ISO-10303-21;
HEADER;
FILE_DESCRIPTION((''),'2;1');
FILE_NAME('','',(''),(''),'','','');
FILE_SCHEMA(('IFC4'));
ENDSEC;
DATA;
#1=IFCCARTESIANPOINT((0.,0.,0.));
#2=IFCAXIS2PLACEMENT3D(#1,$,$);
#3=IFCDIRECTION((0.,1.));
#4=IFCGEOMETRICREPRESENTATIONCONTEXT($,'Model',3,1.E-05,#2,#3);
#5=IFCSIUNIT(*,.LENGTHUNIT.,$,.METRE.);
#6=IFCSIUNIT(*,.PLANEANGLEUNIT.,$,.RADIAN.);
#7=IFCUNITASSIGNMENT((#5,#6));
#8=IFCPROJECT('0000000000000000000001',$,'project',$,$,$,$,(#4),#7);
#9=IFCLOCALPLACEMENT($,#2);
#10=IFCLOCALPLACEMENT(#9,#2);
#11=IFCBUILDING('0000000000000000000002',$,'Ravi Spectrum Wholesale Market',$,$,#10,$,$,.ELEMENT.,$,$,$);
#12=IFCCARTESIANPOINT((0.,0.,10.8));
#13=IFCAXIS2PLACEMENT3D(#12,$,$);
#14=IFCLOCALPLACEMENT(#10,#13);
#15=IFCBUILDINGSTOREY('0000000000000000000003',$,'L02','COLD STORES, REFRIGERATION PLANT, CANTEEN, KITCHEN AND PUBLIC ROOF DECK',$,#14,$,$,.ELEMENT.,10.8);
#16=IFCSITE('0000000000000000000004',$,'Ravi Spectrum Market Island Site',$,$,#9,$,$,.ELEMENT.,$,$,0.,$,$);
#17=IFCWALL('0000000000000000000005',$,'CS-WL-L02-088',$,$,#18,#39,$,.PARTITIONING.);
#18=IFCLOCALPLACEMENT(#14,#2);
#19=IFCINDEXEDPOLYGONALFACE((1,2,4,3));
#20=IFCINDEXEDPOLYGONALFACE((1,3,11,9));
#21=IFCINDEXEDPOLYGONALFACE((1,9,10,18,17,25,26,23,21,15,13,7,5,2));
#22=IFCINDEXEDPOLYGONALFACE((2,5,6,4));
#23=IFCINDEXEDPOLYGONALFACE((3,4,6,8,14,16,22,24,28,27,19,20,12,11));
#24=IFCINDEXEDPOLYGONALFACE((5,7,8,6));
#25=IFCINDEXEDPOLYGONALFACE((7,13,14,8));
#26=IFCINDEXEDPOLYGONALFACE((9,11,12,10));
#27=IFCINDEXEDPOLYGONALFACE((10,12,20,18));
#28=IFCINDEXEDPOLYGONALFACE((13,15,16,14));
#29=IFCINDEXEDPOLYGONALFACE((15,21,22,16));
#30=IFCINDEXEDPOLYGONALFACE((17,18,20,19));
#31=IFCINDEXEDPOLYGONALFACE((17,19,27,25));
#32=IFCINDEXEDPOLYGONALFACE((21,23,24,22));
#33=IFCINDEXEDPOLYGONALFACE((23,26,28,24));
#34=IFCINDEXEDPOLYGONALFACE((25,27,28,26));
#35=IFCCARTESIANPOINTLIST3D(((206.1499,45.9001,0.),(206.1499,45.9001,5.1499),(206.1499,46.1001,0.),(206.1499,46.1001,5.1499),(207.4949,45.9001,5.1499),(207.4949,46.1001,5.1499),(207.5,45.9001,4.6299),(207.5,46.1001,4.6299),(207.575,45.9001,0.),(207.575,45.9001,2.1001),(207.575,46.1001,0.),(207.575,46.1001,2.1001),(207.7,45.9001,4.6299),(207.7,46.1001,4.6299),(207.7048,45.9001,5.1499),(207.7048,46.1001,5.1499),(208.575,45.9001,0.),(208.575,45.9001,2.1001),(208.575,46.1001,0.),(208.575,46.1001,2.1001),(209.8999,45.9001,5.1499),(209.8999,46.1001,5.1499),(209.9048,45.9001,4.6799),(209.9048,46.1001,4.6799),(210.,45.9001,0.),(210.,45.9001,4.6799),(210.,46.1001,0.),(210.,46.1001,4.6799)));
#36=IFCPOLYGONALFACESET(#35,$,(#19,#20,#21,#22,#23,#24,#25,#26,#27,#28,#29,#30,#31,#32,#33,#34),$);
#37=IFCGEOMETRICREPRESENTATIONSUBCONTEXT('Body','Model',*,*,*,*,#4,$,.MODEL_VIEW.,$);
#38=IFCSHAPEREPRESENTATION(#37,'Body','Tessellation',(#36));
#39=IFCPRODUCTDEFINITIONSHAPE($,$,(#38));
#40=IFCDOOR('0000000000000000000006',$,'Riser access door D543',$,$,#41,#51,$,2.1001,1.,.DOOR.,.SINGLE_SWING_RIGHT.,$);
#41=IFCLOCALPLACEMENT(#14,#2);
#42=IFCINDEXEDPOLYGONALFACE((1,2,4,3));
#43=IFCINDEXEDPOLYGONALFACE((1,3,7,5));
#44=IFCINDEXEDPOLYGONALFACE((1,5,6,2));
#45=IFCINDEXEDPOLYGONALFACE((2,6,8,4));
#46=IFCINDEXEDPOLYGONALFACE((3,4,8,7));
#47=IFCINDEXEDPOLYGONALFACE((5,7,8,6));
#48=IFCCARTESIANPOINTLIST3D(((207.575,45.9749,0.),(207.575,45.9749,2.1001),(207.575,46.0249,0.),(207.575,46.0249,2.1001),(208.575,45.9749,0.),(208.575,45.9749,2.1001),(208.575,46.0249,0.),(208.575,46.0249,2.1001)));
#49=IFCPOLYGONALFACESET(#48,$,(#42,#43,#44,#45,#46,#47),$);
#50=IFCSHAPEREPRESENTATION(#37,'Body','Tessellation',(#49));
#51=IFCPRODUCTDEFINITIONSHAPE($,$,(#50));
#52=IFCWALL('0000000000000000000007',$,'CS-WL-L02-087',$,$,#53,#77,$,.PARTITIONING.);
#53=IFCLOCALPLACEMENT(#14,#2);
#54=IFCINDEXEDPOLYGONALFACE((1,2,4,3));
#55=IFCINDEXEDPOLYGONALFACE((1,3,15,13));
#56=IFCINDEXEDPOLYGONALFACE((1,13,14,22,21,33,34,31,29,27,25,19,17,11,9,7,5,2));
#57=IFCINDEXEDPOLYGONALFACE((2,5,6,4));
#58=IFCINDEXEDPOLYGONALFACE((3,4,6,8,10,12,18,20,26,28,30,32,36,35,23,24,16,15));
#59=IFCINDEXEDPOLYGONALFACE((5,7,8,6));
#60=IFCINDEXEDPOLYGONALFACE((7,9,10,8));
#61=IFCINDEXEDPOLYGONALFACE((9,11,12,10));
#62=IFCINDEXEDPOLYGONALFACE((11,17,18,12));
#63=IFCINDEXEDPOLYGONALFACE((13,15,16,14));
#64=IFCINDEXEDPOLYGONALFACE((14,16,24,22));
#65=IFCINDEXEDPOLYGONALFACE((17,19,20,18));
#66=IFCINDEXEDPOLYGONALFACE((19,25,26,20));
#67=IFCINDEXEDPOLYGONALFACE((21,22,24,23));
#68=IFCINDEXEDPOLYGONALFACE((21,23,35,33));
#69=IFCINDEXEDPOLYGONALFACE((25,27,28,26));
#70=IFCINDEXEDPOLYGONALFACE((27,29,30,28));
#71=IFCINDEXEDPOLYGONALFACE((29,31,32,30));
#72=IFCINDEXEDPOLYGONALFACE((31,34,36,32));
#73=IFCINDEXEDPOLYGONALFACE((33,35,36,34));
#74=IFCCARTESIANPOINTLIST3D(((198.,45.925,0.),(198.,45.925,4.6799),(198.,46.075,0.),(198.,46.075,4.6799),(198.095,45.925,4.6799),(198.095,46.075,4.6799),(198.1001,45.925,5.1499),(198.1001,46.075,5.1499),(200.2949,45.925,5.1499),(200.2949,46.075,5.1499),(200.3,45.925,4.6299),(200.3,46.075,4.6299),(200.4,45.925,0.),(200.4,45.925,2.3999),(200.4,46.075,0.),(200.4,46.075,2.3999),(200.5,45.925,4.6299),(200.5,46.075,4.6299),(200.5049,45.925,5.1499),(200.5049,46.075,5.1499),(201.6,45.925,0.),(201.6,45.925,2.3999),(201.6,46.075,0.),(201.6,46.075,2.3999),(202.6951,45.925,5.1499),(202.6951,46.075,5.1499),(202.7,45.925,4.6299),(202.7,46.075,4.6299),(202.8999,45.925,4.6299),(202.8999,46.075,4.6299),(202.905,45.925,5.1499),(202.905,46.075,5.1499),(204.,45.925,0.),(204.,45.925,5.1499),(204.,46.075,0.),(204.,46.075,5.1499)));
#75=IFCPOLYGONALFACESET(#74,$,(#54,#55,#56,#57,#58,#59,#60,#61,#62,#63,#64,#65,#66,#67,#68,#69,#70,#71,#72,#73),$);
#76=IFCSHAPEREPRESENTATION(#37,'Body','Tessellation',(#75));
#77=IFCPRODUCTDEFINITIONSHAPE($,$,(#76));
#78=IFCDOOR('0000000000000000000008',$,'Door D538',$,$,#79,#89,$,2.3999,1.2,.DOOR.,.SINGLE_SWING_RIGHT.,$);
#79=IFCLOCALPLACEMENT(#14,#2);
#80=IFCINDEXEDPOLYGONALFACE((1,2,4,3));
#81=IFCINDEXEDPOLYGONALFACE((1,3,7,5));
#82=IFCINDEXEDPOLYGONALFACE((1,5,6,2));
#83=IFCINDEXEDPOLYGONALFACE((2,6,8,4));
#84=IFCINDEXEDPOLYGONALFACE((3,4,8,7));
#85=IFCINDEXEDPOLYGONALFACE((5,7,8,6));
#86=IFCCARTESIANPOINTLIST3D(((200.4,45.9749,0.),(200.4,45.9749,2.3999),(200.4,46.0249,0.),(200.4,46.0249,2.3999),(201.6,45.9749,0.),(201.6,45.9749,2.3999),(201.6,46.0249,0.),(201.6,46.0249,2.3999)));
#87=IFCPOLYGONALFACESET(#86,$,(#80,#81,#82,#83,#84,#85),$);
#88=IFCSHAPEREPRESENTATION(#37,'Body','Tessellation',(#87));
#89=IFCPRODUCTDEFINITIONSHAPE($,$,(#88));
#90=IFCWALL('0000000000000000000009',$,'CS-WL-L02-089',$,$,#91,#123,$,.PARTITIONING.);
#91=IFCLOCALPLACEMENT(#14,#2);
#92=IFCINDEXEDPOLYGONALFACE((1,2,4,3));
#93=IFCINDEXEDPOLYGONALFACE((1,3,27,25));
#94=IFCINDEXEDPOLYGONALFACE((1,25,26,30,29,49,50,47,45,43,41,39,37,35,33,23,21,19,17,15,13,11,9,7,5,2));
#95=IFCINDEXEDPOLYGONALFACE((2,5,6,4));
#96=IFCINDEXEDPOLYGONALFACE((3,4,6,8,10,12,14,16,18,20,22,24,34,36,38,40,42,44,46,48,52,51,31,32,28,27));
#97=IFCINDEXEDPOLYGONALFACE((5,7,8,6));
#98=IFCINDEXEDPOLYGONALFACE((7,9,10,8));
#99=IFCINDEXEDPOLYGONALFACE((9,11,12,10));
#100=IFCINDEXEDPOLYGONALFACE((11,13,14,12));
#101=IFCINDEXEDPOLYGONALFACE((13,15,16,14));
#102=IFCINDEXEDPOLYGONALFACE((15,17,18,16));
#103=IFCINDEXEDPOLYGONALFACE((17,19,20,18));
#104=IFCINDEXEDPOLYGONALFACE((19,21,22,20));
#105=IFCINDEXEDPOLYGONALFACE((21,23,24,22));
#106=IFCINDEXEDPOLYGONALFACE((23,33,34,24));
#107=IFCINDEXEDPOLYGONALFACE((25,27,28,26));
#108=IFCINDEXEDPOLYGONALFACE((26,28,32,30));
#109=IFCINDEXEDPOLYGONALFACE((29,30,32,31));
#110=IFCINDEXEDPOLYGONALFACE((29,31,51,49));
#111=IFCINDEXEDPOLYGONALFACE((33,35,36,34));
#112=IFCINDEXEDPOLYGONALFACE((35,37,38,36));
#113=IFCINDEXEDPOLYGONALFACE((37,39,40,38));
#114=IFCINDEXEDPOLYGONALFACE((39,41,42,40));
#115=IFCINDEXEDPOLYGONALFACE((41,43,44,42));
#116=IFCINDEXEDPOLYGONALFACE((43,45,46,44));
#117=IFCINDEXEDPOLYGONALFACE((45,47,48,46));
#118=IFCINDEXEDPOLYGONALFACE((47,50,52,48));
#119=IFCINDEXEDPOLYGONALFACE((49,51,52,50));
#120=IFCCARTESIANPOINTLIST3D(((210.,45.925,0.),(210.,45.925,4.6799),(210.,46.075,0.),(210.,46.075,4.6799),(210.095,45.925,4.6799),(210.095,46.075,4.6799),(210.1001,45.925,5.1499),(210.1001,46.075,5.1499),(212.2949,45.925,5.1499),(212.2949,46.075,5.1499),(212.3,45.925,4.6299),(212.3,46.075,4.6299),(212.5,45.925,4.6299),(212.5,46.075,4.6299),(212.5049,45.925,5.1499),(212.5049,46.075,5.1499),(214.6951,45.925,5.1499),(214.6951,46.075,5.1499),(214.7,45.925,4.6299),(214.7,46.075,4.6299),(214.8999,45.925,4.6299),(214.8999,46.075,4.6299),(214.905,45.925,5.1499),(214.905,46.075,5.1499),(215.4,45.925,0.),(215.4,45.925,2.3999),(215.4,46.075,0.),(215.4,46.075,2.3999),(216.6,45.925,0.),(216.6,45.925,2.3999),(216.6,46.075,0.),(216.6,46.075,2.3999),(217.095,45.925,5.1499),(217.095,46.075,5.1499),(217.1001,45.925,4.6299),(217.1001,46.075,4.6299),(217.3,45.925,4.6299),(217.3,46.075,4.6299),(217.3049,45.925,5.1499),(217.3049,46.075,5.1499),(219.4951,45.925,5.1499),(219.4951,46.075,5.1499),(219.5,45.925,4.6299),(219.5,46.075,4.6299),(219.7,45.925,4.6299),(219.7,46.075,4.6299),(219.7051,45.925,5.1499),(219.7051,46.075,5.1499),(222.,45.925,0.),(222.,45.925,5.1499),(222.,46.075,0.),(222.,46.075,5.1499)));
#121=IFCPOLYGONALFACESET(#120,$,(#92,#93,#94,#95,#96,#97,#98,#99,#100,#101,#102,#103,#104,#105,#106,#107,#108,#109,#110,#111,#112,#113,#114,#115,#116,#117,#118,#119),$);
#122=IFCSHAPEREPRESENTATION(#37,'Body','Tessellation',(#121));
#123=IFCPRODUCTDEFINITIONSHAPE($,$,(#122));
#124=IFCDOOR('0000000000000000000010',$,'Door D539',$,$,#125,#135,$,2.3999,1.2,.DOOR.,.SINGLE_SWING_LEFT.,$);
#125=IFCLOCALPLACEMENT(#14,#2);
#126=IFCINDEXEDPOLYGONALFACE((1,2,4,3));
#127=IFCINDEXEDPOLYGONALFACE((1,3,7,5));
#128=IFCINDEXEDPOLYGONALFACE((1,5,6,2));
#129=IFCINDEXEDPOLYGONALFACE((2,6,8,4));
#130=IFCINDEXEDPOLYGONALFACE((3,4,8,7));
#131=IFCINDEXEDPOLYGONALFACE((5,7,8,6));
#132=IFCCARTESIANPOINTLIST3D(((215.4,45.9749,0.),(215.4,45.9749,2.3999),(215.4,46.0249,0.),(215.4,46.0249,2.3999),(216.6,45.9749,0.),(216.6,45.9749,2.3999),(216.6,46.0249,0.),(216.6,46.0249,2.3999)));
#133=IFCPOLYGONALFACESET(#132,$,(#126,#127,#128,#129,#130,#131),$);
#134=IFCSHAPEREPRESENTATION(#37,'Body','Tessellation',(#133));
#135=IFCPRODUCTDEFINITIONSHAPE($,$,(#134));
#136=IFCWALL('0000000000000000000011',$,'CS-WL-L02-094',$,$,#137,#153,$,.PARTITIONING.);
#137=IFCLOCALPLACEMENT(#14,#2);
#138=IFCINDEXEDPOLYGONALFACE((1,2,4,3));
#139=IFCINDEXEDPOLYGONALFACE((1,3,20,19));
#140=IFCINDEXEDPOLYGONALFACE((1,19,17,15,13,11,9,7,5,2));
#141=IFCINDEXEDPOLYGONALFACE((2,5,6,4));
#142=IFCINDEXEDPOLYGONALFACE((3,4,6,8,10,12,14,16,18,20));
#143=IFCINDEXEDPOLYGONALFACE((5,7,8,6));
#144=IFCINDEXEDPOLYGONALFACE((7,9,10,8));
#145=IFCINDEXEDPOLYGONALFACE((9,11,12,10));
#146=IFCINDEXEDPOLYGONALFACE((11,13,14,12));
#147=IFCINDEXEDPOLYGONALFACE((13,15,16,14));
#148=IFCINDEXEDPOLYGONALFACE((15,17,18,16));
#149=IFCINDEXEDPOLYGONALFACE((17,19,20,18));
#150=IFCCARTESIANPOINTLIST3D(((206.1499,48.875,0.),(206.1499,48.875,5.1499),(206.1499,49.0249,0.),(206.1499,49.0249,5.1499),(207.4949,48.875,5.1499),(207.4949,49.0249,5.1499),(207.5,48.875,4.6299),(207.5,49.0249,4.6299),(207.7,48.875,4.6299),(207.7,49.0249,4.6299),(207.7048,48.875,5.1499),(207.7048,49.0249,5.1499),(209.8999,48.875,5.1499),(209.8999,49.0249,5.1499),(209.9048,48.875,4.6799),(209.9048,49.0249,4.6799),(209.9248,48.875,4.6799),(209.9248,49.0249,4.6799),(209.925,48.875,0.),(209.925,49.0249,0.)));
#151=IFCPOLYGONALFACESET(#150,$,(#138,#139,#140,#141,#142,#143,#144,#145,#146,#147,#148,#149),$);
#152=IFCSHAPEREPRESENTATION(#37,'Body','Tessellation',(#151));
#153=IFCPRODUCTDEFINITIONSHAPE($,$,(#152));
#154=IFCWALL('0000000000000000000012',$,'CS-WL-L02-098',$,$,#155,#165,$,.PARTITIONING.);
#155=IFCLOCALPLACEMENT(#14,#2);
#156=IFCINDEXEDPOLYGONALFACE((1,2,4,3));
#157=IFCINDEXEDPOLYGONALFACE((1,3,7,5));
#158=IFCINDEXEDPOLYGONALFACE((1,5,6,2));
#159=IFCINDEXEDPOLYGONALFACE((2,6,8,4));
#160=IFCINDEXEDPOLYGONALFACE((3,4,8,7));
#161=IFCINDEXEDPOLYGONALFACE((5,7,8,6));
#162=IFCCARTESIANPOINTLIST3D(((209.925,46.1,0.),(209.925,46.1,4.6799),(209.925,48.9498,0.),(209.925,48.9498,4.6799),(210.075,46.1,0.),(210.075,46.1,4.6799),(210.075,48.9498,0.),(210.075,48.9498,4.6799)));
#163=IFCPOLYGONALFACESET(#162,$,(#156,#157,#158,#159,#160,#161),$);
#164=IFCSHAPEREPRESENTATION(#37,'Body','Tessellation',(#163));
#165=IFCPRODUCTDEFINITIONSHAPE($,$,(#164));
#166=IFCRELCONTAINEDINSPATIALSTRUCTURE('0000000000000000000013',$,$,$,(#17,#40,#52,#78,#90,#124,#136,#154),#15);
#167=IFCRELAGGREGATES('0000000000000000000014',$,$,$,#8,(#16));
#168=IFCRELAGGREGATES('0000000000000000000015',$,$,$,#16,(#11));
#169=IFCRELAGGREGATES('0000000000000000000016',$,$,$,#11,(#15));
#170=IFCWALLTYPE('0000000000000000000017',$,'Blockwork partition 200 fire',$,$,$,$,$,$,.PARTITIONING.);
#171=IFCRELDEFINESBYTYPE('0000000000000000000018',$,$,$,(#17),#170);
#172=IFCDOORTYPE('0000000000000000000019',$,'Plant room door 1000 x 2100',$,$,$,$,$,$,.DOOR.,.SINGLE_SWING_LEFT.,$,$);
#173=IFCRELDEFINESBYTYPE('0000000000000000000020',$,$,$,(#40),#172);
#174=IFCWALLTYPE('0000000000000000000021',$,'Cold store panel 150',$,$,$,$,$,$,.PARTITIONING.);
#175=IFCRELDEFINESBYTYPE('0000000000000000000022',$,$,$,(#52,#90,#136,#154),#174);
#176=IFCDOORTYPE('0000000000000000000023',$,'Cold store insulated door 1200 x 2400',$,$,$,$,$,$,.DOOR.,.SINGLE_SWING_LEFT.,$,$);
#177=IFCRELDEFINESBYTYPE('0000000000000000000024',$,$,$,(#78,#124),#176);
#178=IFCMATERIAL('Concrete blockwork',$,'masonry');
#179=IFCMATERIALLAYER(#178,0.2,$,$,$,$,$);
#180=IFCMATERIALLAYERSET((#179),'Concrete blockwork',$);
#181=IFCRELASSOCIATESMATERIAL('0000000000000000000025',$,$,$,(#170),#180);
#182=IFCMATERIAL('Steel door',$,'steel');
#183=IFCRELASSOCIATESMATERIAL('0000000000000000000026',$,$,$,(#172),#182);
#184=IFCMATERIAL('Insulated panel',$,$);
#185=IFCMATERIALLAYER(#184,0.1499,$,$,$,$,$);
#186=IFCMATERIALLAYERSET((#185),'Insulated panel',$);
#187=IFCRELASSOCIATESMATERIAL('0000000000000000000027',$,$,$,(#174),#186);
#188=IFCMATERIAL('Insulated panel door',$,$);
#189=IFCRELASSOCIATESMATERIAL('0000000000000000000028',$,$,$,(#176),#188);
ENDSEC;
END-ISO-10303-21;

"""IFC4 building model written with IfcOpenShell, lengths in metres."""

from ifc_helpers import new_model, si_unit, direction, frame, frame_2d, origin, place, context, subcontext, project, spatial, polyline, rectangle, outline, extrude, material, layer, layer_set, type_object, element, fill, save


model = new_model("IFC4")

# Units and contexts
model_context = context("Model", 3, precision=1e-05, world=origin(), true_north=direction((0.0, 1.0)))
body_context = subcontext(model_context, "Body", "Model", "MODEL_VIEW")
ifc_project = project(units=[si_unit("LENGTHUNIT", "METRE"), si_unit("PLANEANGLEUNIT", "RADIAN")], contexts=[model_context])

# Site, building, storey
site_placement = place(None, origin())
site = spatial("IfcSite", under=ifc_project, at=site_placement, Name="Ravi Spectrum Market Island Site", CompositionType="ELEMENT", RefElevation=0.0)
building_placement = place(site_placement, origin())
building = spatial("IfcBuilding", under=site, at=building_placement, Name="Ravi Spectrum Wholesale Market", CompositionType="ELEMENT")
storey_placement = place(building_placement, frame((0.0, 0.0, 10.8)))
storey = spatial("IfcBuildingStorey", under=building, at=storey_placement, Name="L02", Description="COLD STORES, REFRIGERATION PLANT, CANTEEN, KITCHEN AND PUBLIC ROOF DECK", CompositionType="ELEMENT", Elevation=10.8)

# Walls, openings, doors
ifc_material_1 = material(Name="Concrete blockwork", Category="masonry")
ifc_layer_1 = layer(ifc_material_1, 0.2)
ifc_layer_set_1 = layer_set([ifc_layer_1], Name="Concrete blockwork")
wall_type_1 = type_object("IfcWallType", Name="Blockwork partition 200 fire", PredefinedType="PARTITIONING", material=ifc_layer_set_1)
wall_1_placement = place(storey_placement, frame((206.1499, 46.0, 0.0), z_axis=(0.0, 0.0, 1.0), x_axis=(1.0, 0.0, 0.0)))
wall_1 = element("IfcWall", 1, at=wall_1_placement, inside=storey, type_object=wall_type_1, Name="CS-WL-L02-088", PredefinedType="PARTITIONING", context=body_context, shape_type="SweptSolid", body=[
    extrude(outline(polyline([(0.0, 0.0), (3.8501, 0.0), (3.8501, 4.6799), (3.7549, 4.6799), (3.75, 5.1499), (1.5549, 5.1499), (1.55, 4.6299), (1.3501, 4.6299), (1.345, 5.1499), (0.0, 5.1499), (0.0, 0.0)])), frame((0.0, 0.1001, 0.0), z_axis=(0.0, -1.0, 0.0), x_axis=(1.0, 0.0, 0.0)), (0.0, 0.0, 1.0), 0.2),
])
opening_1_placement = place(wall_1_placement, frame((1.425, 0.0, 0.0)))
opening_1 = element("IfcOpeningElement", 2, at=opening_1_placement, cuts=wall_1, PredefinedType="OPENING", context=body_context, shape_type="SweptSolid", body=[
    extrude(rectangle(XDim=1.0, YDim=2.1001, at=frame_2d((0.5, 1.05))), frame((0.0, 0.1099, 0.0), z_axis=(0.0, -1.0, 0.0), x_axis=(1.0, 0.0, 0.0)), (0.0, 0.0, 1.0), 0.22),
])
ifc_material_2 = material(Name="Steel door", Category="steel")
door_type_1 = type_object("IfcDoorType", Name="Plant room door 1000 x 2100", OperationType="SINGLE_SWING_LEFT", PredefinedType="DOOR", material=ifc_material_2)
door_1_placement = place(opening_1_placement, origin())
door_1 = element("IfcDoor", 3, at=door_1_placement, inside=storey, type_object=door_type_1, Name="Riser access door D543", OperationType="SINGLE_SWING_RIGHT", OverallHeight=2.1001, OverallWidth=1.0, PredefinedType="DOOR", context=body_context, shape_type="SweptSolid", body=[
    extrude(rectangle(XDim=1.0, YDim=2.1001, at=frame_2d((0.5, 1.05))), frame((0.0, 0.0249, 0.0), z_axis=(0.0, -1.0, 0.0), x_axis=(1.0, 0.0, 0.0)), (0.0, 0.0, 1.0), 0.05),
])
fill(opening_1, door_1)
ifc_material_3 = material(Name="Insulated panel")
ifc_layer_2 = layer(ifc_material_3, 0.1499)
ifc_layer_set_2 = layer_set([ifc_layer_2], Name="Insulated panel")
wall_type_2 = type_object("IfcWallType", Name="Cold store panel 150", PredefinedType="PARTITIONING", material=ifc_layer_set_2)
wall_2_placement = place(storey_placement, frame((198.0, 46.0, 0.0), z_axis=(0.0, 0.0, 1.0), x_axis=(1.0, 0.0, 0.0)))
wall_2 = element("IfcWall", 4, at=wall_2_placement, inside=storey, type_object=wall_type_2, Name="CS-WL-L02-087", PredefinedType="PARTITIONING", context=body_context, shape_type="SweptSolid", body=[
    extrude(outline(polyline([(0.0, 0.0), (6.0, 0.0), (6.0, 5.1499), (4.905, 5.1499), (4.8999, 4.6299), (4.7, 4.6299), (4.6951, 5.1499), (2.5049, 5.1499), (2.5, 4.6299), (2.3, 4.6299), (2.2949, 5.1499), (0.1001, 5.1499), (0.095, 4.6799), (0.0, 4.6799), (0.0, 0.0)])), frame((0.0, 0.075, 0.0), z_axis=(0.0, -1.0, 0.0), x_axis=(1.0, 0.0, 0.0)), (0.0, 0.0, 1.0), 0.1499),
])
opening_2_placement = place(wall_2_placement, frame((2.3999, 0.0, 0.0)))
opening_2 = element("IfcOpeningElement", 5, at=opening_2_placement, cuts=wall_2, PredefinedType="OPENING", context=body_context, shape_type="SweptSolid", body=[
    extrude(rectangle(XDim=1.2, YDim=2.3999, at=frame_2d((0.6001, 1.2))), frame((0.0, 0.085, 0.0), z_axis=(0.0, -1.0, 0.0), x_axis=(1.0, 0.0, 0.0)), (0.0, 0.0, 1.0), 0.1699),
])
ifc_material_4 = material(Name="Insulated panel door")
door_type_2 = type_object("IfcDoorType", Name="Cold store insulated door 1200 x 2400", OperationType="SINGLE_SWING_LEFT", PredefinedType="DOOR", material=ifc_material_4)
door_2_placement = place(opening_2_placement, origin())
door_2 = element("IfcDoor", 6, at=door_2_placement, inside=storey, type_object=door_type_2, Name="Door D538", OperationType="SINGLE_SWING_RIGHT", OverallHeight=2.3999, OverallWidth=1.2, PredefinedType="DOOR", context=body_context, shape_type="SweptSolid", body=[
    extrude(rectangle(XDim=1.2, YDim=2.3999, at=frame_2d((0.6001, 1.2))), frame((0.0, 0.0249, 0.0), z_axis=(0.0, -1.0, 0.0), x_axis=(1.0, 0.0, 0.0)), (0.0, 0.0, 1.0), 0.05),
])
fill(opening_2, door_2)
wall_3_placement = place(storey_placement, frame((210.0, 46.0, 0.0), z_axis=(0.0, 0.0, 1.0), x_axis=(1.0, 0.0, 0.0)))
wall_3 = element("IfcWall", 7, at=wall_3_placement, inside=storey, type_object=wall_type_2, Name="CS-WL-L02-089", PredefinedType="PARTITIONING", context=body_context, shape_type="SweptSolid", body=[
    extrude(outline(polyline([(0.0, 0.0), (12.0, 0.0), (12.0, 5.1499), (9.7051, 5.1499), (9.7, 4.6299), (9.5, 4.6299), (9.4951, 5.1499), (7.3049, 5.1499), (7.3, 4.6299), (7.1001, 4.6299), (7.095, 5.1499), (4.905, 5.1499), (4.8999, 4.6299), (4.7, 4.6299), (4.6951, 5.1499), (2.5049, 5.1499), (2.5, 4.6299), (2.3, 4.6299), (2.2949, 5.1499), (0.1001, 5.1499), (0.095, 4.6799), (0.0, 4.6799), (0.0, 0.0)])), frame((0.0, 0.075, 0.0), z_axis=(0.0, -1.0, 0.0), x_axis=(1.0, 0.0, 0.0)), (0.0, 0.0, 1.0), 0.1499),
])
opening_3_placement = place(wall_3_placement, frame((5.3999, 0.0, 0.0)))
opening_3 = element("IfcOpeningElement", 8, at=opening_3_placement, cuts=wall_3, PredefinedType="OPENING", context=body_context, shape_type="SweptSolid", body=[
    extrude(rectangle(XDim=1.2, YDim=2.3999, at=frame_2d((0.6001, 1.2))), frame((0.0, 0.085, 0.0), z_axis=(0.0, -1.0, 0.0), x_axis=(1.0, 0.0, 0.0)), (0.0, 0.0, 1.0), 0.1699),
])
door_3_placement = place(opening_3_placement, origin())
door_3 = element("IfcDoor", 9, at=door_3_placement, inside=storey, type_object=door_type_2, Name="Door D539", OperationType="SINGLE_SWING_LEFT", OverallHeight=2.3999, OverallWidth=1.2, PredefinedType="DOOR", context=body_context, shape_type="SweptSolid", body=[
    extrude(rectangle(XDim=1.2, YDim=2.3999, at=frame_2d((0.6001, 1.2))), frame((0.0, 0.0249, 0.0), z_axis=(0.0, -1.0, 0.0), x_axis=(1.0, 0.0, 0.0)), (0.0, 0.0, 1.0), 0.05),
])
fill(opening_3, door_3)

# Walls
wall_4_placement = place(storey_placement, frame((206.1499, 48.95, 0.0), z_axis=(0.0, 0.0, 1.0), x_axis=(1.0, 0.0, 0.0)))
element("IfcWall", 10, at=wall_4_placement, inside=storey, type_object=wall_type_2, Name="CS-WL-L02-094", PredefinedType="PARTITIONING", context=body_context, shape_type="SweptSolid", body=[
    extrude(outline(polyline([(0.0, 0.0), (3.7751, 0.0), (3.7749, 4.6799), (3.7549, 4.6799), (3.75, 5.1499), (1.5549, 5.1499), (1.55, 4.6299), (1.3501, 4.6299), (1.345, 5.1499), (0.0, 5.1499), (0.0, 0.0)])), frame((0.0, 0.075, 0.0), z_axis=(0.0, -1.0, 0.0), x_axis=(1.0, 0.0, 0.0)), (0.0, 0.0, 1.0), 0.1499),
])
wall_5_placement = place(storey_placement, frame((210.0, 46.1001, 0.0), z_axis=(0.0, 0.0, 1.0), x_axis=(0.0, 1.0, 0.0)))
element("IfcWall", 11, at=wall_5_placement, inside=storey, type_object=wall_type_2, Name="CS-WL-L02-098", PredefinedType="PARTITIONING", context=body_context, shape_type="SweptSolid", body=[
    extrude(rectangle(XDim=2.8499, YDim=0.1499, at=frame_2d((1.4248, 0.0))), origin(), (0.0, 0.0, 1.0), 4.6799),
])

save(model, "model.ifc")
